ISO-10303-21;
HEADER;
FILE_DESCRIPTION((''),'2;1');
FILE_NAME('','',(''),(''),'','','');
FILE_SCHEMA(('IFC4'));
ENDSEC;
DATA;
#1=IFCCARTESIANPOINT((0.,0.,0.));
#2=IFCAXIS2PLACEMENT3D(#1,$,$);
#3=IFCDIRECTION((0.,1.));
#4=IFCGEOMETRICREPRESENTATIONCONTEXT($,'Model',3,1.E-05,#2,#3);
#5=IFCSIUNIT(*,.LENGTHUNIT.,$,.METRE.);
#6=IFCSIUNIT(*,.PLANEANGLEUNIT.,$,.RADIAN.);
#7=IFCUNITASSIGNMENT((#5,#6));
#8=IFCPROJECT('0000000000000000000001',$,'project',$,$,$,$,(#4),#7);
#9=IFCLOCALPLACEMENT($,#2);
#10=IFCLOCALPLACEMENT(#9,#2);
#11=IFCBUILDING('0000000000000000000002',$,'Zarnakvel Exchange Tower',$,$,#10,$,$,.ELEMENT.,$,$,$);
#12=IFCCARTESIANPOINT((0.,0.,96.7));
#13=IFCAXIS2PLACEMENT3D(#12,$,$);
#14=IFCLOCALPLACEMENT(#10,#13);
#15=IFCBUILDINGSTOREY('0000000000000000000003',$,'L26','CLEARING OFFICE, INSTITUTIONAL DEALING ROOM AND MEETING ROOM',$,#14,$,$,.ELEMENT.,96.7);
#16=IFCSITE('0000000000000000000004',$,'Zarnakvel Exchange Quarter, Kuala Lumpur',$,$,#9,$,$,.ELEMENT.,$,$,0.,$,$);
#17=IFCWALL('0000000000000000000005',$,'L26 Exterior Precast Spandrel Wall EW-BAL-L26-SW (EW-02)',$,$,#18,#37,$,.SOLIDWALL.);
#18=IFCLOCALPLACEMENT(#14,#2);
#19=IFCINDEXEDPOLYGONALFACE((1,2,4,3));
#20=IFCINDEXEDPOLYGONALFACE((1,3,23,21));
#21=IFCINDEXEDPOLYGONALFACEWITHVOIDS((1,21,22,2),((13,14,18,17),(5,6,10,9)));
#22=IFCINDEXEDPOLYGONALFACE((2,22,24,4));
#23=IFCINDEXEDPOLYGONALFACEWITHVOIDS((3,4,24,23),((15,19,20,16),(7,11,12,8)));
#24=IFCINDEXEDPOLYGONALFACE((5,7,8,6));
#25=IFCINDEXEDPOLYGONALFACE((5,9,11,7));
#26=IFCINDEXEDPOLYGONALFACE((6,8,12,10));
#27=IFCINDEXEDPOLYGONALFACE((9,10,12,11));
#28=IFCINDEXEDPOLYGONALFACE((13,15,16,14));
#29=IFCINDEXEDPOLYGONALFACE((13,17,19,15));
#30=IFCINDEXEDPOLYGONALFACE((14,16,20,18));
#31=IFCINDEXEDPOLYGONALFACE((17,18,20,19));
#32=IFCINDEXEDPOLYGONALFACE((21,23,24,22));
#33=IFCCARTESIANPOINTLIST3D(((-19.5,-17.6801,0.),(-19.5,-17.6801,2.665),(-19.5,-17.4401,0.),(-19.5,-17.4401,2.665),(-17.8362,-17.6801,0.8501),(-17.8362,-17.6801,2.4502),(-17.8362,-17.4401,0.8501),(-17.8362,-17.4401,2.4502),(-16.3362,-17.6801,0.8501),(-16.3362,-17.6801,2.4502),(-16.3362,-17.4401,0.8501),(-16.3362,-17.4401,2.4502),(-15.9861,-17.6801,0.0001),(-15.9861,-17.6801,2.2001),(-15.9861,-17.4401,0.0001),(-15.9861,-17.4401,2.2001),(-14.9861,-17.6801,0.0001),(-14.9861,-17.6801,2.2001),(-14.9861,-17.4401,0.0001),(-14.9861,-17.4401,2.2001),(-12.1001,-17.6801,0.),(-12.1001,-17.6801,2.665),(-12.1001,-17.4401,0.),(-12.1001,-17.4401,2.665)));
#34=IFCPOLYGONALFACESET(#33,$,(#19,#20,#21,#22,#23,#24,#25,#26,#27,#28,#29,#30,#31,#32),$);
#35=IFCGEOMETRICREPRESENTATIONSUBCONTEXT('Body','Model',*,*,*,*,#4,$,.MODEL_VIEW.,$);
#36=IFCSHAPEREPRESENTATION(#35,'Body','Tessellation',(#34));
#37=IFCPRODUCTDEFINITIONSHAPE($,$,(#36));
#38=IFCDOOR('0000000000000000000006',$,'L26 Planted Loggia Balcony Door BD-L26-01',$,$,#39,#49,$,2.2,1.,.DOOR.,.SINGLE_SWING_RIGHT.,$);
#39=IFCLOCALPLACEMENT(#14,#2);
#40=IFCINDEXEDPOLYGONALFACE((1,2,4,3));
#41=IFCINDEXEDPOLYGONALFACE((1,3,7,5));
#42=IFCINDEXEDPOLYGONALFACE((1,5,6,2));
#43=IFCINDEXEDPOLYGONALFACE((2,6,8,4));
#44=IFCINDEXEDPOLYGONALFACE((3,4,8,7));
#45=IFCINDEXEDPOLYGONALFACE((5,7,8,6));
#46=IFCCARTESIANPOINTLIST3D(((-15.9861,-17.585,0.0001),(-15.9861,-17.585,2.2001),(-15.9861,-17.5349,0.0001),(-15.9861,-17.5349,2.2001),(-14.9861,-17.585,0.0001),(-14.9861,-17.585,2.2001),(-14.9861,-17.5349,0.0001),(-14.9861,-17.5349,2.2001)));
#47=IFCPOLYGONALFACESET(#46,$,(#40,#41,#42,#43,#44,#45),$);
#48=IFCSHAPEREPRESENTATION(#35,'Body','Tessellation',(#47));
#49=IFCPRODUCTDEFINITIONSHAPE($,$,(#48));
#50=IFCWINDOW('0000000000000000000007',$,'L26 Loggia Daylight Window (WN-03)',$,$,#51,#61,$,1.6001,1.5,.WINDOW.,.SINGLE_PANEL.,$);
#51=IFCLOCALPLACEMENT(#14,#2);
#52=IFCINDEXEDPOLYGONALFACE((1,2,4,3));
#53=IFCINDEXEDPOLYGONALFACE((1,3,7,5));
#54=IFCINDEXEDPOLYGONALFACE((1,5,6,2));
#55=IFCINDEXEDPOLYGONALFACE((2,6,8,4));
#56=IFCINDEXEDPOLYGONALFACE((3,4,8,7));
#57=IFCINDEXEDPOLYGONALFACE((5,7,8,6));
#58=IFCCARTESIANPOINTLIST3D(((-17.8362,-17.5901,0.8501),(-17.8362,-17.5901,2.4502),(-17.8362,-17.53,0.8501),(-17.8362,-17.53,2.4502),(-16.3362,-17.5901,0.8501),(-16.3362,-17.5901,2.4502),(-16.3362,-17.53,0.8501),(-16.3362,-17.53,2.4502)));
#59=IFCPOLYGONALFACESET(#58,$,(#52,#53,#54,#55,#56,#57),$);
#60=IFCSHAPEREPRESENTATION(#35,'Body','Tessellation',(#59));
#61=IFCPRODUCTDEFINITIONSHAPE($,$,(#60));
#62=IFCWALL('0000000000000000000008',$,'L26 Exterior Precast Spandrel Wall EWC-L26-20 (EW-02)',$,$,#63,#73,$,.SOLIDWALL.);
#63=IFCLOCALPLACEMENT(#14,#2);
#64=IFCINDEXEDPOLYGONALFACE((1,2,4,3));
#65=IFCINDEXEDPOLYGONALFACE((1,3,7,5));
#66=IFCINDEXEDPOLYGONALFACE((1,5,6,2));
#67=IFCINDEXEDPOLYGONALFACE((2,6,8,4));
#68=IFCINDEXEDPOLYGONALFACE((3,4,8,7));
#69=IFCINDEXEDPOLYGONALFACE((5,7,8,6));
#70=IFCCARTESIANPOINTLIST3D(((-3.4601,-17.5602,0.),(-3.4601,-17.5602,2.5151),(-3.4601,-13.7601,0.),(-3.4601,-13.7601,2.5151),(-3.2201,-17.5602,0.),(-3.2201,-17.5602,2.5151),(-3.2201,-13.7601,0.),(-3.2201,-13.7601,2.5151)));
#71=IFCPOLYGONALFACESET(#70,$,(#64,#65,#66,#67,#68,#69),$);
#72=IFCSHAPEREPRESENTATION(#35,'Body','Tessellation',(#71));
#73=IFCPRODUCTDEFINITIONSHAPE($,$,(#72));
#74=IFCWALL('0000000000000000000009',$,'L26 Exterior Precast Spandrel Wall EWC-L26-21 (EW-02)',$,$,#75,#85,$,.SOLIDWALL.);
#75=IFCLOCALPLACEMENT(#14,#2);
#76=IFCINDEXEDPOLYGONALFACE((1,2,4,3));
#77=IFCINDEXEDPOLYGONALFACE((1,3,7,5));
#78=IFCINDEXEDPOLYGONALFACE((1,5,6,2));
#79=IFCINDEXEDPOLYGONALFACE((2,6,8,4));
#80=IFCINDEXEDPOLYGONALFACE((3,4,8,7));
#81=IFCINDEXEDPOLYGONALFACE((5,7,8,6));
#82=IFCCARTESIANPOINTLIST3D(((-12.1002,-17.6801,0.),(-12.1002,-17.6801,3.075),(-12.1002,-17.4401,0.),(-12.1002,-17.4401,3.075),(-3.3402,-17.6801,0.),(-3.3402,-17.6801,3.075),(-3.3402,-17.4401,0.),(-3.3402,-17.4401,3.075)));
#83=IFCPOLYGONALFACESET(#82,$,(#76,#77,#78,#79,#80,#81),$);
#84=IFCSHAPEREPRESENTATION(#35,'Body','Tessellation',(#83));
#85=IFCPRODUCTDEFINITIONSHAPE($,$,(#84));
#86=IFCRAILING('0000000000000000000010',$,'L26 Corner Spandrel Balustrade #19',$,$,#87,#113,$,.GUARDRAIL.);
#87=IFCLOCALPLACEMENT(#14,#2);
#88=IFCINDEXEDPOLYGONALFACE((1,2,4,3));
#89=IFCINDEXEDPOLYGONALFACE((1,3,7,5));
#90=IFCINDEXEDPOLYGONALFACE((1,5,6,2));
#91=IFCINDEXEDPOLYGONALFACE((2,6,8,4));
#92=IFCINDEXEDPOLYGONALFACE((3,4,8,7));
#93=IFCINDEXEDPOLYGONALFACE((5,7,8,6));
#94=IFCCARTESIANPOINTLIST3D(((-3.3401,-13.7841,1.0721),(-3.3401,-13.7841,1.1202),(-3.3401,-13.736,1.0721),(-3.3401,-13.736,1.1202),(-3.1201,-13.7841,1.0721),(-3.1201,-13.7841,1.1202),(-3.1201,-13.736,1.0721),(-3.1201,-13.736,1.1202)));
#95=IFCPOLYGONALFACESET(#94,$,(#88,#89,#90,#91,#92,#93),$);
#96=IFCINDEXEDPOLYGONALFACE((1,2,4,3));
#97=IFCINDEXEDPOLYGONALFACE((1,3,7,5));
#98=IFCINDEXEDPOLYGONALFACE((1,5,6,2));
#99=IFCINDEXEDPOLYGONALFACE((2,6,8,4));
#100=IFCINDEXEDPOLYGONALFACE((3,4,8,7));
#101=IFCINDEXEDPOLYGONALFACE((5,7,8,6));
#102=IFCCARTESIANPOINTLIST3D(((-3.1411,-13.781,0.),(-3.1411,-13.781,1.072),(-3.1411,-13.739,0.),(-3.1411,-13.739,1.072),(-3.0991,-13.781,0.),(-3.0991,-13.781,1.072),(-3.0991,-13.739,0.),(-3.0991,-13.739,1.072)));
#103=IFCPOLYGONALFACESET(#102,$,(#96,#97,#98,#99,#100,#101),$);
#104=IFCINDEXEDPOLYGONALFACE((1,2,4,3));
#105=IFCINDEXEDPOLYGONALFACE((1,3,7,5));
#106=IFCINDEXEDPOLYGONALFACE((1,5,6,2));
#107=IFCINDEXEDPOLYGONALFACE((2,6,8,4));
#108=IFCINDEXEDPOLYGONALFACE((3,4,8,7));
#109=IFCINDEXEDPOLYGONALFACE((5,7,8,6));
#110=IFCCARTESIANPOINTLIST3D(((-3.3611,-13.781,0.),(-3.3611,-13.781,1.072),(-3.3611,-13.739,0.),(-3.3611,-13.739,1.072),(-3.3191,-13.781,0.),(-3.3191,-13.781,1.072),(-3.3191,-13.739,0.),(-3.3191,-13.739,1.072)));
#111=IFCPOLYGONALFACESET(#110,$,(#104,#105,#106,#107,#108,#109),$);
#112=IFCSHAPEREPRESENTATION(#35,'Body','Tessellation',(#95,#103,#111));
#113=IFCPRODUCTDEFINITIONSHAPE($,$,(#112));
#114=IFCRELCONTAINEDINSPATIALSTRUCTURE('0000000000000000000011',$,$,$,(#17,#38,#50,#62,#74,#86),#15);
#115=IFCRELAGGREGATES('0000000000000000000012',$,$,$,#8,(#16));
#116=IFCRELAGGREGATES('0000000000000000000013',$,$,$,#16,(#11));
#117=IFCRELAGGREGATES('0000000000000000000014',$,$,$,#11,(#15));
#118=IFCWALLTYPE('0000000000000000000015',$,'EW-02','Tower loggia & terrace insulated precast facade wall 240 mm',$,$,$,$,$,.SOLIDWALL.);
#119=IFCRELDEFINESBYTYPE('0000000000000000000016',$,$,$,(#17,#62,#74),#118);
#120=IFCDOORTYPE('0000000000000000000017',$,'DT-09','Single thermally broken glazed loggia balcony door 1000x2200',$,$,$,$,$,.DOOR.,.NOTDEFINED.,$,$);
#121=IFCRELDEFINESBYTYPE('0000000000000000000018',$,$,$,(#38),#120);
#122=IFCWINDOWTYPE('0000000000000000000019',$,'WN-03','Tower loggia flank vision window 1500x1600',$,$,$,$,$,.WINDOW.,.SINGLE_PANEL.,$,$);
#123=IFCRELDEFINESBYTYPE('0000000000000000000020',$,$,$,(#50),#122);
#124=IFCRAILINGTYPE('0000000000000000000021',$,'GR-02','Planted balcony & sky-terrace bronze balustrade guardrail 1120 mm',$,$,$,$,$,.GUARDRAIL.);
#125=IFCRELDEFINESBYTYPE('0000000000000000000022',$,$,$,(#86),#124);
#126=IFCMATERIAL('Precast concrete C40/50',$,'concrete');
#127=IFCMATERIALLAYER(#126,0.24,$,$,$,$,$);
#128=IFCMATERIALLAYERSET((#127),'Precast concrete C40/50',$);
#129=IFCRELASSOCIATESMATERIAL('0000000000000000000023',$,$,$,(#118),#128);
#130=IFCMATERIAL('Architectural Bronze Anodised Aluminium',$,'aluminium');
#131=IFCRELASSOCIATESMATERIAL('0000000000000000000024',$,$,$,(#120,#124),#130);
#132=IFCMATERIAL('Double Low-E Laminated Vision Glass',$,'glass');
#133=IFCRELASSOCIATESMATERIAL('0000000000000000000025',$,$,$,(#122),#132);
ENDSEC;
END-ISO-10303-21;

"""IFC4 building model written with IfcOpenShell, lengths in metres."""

from ifc_helpers import new_model, si_unit, direction, frame, frame_2d, origin, origin_2d, place, context, subcontext, project, spatial, rectangle, extrude, source, transform, mapped, material, layer, layer_set, type_object, element, fill, save


model = new_model("IFC4")

# Units and contexts
model_context = context("Model", 3, precision=1e-05, world=origin(), true_north=direction((0.0, 1.0)))
body_context = subcontext(model_context, "Body", "Model", "MODEL_VIEW")
ifc_project = project(units=[si_unit("LENGTHUNIT", "METRE"), si_unit("PLANEANGLEUNIT", "RADIAN")], contexts=[model_context])

# Site, building, storey
site_placement = place(None, origin())
site = spatial("IfcSite", under=ifc_project, at=site_placement, Name="Zarnakvel Exchange Quarter, Kuala Lumpur", CompositionType="ELEMENT", RefElevation=0.0)
building_placement = place(site_placement, origin())
building = spatial("IfcBuilding", under=site, at=building_placement, Name="Zarnakvel Exchange Tower", CompositionType="ELEMENT")
storey_placement = place(building_placement, frame((0.0, 0.0, 96.7)))
storey = spatial("IfcBuildingStorey", under=building, at=storey_placement, Name="L26", Description="CLEARING OFFICE, INSTITUTIONAL DEALING ROOM AND MEETING ROOM", CompositionType="ELEMENT", Elevation=96.7)

# Shared definitions
ifc_material_1 = material(Name="Architectural Bronze Anodised Aluminium", Category="aluminium")

# Shared definitions
ifc_material_2 = material(Name="Double Low-E Laminated Vision Glass", Category="glass")

# Wall, openings, door, window
ifc_material_3 = material(Name="Precast concrete C40/50", Category="concrete")
ifc_layer_1 = layer(ifc_material_3, 0.24)
ifc_layer_set_1 = layer_set([ifc_layer_1], Name="Precast concrete C40/50")
wall_type = type_object("IfcWallType", Name="EW-02", Description="Tower loggia & terrace insulated precast facade wall 240 mm", PredefinedType="SOLIDWALL", material=ifc_layer_set_1)
wall_1_placement = place(storey_placement, frame((-12.1001, -17.5601, 0.0), z_axis=(0.0, 0.0, 1.0), x_axis=(-1.0, 0.0, 0.0)))
wall_1 = element("IfcWall", 1, at=wall_1_placement, inside=storey, type_object=wall_type, Name="L26 Exterior Precast Spandrel Wall EW-BAL-L26-SW (EW-02)", PredefinedType="SOLIDWALL", context=body_context, shape_type="SweptSolid", body=[
    extrude(rectangle(XDim=7.3999, YDim=0.24, at=frame_2d((3.7, 0.0))), origin(), (0.0, 0.0, 1.0), 2.665),
])
opening_1_placement = place(wall_1_placement, frame((2.886, 0.0, 0.0)))
opening_1 = element("IfcOpeningElement", 2, at=opening_1_placement, cuts=wall_1, PredefinedType="OPENING", context=body_context, shape_type="SweptSolid", body=[
    extrude(rectangle(XDim=1.0, YDim=2.2, at=frame_2d((0.5, 1.1001))), frame((0.0, 0.1299, 0.0), z_axis=(0.0, -1.0, 0.0), x_axis=(1.0, 0.0, 0.0)), (0.0, 0.0, 1.0), 0.26),
])
opening_2_placement = place(wall_1_placement, frame((4.2361, 0.0, 0.8501)))
opening_2 = element("IfcOpeningElement", 3, at=opening_2_placement, cuts=wall_1, PredefinedType="OPENING", context=body_context, shape_type="SweptSolid", body=[
    extrude(rectangle(XDim=1.5, YDim=1.6001, at=frame_2d((0.75, 0.8))), frame((0.0, 0.1299, 0.0), z_axis=(0.0, -1.0, 0.0), x_axis=(1.0, 0.0, 0.0)), (0.0, 0.0, 1.0), 0.26),
])
door_type = type_object("IfcDoorType", Name="DT-09", Description="Single thermally broken glazed loggia balcony door 1000x2200", OperationType="NOTDEFINED", PredefinedType="DOOR", material=ifc_material_1)
shared_shape_1 = source(origin(), body_context, "Body", "SweptSolid", [
    extrude(rectangle(XDim=1.0, YDim=2.2, at=frame_2d((0.5, 1.1001))), frame((0.0, 0.0249, 0.0), z_axis=(0.0, -1.0, 0.0), x_axis=(1.0, 0.0, 0.0)), (0.0, 0.0, 1.0), 0.05),
])
door_placement = place(opening_1_placement, origin())
door = element("IfcDoor", 4, at=door_placement, inside=storey, type_object=door_type, Name="L26 Planted Loggia Balcony Door BD-L26-01", OperationType="SINGLE_SWING_RIGHT", OverallHeight=2.2, OverallWidth=1.0, PredefinedType="DOOR", context=body_context, shape_type="MappedRepresentation", body=[
    mapped(shared_shape_1, transform((0.0, 0.0, 0.0), x_axis=(1.0, 0.0, 0.0), y_axis=(0.0, 1.0, 0.0), z_axis=(0.0, 0.0, 1.0), scale=1.0)),
])
fill(opening_1, door)
window_type = type_object("IfcWindowType", Name="WN-03", Description="Tower loggia flank vision window 1500x1600", PartitioningType="SINGLE_PANEL", PredefinedType="WINDOW", material=ifc_material_2)
shared_shape_2 = source(origin(), body_context, "Body", "SweptSolid", [
    extrude(rectangle(XDim=1.5, YDim=1.6001, at=frame_2d((0.75, 0.8))), frame((0.0, 0.03, 0.0), z_axis=(0.0, -1.0, 0.0), x_axis=(1.0, 0.0, 0.0)), (0.0, 0.0, 1.0), 0.0601),
])
window_placement = place(opening_2_placement, origin())
window = element("IfcWindow", 5, at=window_placement, inside=storey, type_object=window_type, Name="L26 Loggia Daylight Window (WN-03)", OverallHeight=1.6001, OverallWidth=1.5, PartitioningType="SINGLE_PANEL", PredefinedType="WINDOW", context=body_context, shape_type="MappedRepresentation", body=[
    mapped(shared_shape_2, transform((0.0, 0.0, 0.0), x_axis=(1.0, 0.0, 0.0), y_axis=(0.0, 1.0, 0.0), z_axis=(0.0, 0.0, 1.0), scale=1.0)),
])
fill(opening_2, window)

# Walls
wall_2_placement = place(storey_placement, frame((-3.3401, -17.5601, 0.0), z_axis=(0.0, 0.0, 1.0), x_axis=(0.0, 1.0, 0.0)))
element("IfcWall", 6, at=wall_2_placement, inside=storey, type_object=wall_type, Name="L26 Exterior Precast Spandrel Wall EWC-L26-20 (EW-02)", PredefinedType="SOLIDWALL", context=body_context, shape_type="SweptSolid", body=[
    extrude(rectangle(XDim=3.8, YDim=0.24, at=frame_2d((1.8999, 0.0))), origin(), (0.0, 0.0, 1.0), 2.5151),
])
wall_3_placement = place(storey_placement, frame((-12.1001, -17.5601, 0.0), z_axis=(0.0, 0.0, 1.0), x_axis=(1.0, 0.0, 0.0)))
element("IfcWall", 7, at=wall_3_placement, inside=storey, type_object=wall_type, Name="L26 Exterior Precast Spandrel Wall EWC-L26-21 (EW-02)", PredefinedType="SOLIDWALL", context=body_context, shape_type="SweptSolid", body=[
    extrude(rectangle(XDim=8.76, YDim=0.24, at=frame_2d((4.3799, 0.0))), origin(), (0.0, 0.0, 1.0), 3.075),
])

# Railing
railing_type_1 = type_object("IfcRailingType", Name="GR-02", Description="Planted balcony & sky-terrace bronze balustrade guardrail 1120 mm", PredefinedType="GUARDRAIL", material=ifc_material_1)
railing_1_placement = place(storey_placement, frame((-3.1201, -13.76, 0.0)))
element("IfcRailing", 8, at=railing_1_placement, inside=storey, type_object=railing_type_1, Name="L26 Corner Spandrel Balustrade #19", PredefinedType="GUARDRAIL", context=body_context, shape_type="SweptSolid", body=[
    extrude(rectangle(XDim=0.0481, YDim=0.0481, at=origin_2d()), frame((0.0, 0.0, 1.0962), z_axis=(-1.0, 0.0, 0.0), x_axis=(0.0, -1.0, 0.0)), (0.0, 0.0, 1.0), 0.22),
    extrude(rectangle(XDim=0.042, YDim=0.042, at=origin_2d()), origin(), (0.0, 0.0, 1.0), 1.072),
    extrude(rectangle(XDim=0.042, YDim=0.042, at=origin_2d()), frame((-0.22, 0.0, 0.0)), (0.0, 0.0, 1.0), 1.072),
])

save(model, "model.ifc")
